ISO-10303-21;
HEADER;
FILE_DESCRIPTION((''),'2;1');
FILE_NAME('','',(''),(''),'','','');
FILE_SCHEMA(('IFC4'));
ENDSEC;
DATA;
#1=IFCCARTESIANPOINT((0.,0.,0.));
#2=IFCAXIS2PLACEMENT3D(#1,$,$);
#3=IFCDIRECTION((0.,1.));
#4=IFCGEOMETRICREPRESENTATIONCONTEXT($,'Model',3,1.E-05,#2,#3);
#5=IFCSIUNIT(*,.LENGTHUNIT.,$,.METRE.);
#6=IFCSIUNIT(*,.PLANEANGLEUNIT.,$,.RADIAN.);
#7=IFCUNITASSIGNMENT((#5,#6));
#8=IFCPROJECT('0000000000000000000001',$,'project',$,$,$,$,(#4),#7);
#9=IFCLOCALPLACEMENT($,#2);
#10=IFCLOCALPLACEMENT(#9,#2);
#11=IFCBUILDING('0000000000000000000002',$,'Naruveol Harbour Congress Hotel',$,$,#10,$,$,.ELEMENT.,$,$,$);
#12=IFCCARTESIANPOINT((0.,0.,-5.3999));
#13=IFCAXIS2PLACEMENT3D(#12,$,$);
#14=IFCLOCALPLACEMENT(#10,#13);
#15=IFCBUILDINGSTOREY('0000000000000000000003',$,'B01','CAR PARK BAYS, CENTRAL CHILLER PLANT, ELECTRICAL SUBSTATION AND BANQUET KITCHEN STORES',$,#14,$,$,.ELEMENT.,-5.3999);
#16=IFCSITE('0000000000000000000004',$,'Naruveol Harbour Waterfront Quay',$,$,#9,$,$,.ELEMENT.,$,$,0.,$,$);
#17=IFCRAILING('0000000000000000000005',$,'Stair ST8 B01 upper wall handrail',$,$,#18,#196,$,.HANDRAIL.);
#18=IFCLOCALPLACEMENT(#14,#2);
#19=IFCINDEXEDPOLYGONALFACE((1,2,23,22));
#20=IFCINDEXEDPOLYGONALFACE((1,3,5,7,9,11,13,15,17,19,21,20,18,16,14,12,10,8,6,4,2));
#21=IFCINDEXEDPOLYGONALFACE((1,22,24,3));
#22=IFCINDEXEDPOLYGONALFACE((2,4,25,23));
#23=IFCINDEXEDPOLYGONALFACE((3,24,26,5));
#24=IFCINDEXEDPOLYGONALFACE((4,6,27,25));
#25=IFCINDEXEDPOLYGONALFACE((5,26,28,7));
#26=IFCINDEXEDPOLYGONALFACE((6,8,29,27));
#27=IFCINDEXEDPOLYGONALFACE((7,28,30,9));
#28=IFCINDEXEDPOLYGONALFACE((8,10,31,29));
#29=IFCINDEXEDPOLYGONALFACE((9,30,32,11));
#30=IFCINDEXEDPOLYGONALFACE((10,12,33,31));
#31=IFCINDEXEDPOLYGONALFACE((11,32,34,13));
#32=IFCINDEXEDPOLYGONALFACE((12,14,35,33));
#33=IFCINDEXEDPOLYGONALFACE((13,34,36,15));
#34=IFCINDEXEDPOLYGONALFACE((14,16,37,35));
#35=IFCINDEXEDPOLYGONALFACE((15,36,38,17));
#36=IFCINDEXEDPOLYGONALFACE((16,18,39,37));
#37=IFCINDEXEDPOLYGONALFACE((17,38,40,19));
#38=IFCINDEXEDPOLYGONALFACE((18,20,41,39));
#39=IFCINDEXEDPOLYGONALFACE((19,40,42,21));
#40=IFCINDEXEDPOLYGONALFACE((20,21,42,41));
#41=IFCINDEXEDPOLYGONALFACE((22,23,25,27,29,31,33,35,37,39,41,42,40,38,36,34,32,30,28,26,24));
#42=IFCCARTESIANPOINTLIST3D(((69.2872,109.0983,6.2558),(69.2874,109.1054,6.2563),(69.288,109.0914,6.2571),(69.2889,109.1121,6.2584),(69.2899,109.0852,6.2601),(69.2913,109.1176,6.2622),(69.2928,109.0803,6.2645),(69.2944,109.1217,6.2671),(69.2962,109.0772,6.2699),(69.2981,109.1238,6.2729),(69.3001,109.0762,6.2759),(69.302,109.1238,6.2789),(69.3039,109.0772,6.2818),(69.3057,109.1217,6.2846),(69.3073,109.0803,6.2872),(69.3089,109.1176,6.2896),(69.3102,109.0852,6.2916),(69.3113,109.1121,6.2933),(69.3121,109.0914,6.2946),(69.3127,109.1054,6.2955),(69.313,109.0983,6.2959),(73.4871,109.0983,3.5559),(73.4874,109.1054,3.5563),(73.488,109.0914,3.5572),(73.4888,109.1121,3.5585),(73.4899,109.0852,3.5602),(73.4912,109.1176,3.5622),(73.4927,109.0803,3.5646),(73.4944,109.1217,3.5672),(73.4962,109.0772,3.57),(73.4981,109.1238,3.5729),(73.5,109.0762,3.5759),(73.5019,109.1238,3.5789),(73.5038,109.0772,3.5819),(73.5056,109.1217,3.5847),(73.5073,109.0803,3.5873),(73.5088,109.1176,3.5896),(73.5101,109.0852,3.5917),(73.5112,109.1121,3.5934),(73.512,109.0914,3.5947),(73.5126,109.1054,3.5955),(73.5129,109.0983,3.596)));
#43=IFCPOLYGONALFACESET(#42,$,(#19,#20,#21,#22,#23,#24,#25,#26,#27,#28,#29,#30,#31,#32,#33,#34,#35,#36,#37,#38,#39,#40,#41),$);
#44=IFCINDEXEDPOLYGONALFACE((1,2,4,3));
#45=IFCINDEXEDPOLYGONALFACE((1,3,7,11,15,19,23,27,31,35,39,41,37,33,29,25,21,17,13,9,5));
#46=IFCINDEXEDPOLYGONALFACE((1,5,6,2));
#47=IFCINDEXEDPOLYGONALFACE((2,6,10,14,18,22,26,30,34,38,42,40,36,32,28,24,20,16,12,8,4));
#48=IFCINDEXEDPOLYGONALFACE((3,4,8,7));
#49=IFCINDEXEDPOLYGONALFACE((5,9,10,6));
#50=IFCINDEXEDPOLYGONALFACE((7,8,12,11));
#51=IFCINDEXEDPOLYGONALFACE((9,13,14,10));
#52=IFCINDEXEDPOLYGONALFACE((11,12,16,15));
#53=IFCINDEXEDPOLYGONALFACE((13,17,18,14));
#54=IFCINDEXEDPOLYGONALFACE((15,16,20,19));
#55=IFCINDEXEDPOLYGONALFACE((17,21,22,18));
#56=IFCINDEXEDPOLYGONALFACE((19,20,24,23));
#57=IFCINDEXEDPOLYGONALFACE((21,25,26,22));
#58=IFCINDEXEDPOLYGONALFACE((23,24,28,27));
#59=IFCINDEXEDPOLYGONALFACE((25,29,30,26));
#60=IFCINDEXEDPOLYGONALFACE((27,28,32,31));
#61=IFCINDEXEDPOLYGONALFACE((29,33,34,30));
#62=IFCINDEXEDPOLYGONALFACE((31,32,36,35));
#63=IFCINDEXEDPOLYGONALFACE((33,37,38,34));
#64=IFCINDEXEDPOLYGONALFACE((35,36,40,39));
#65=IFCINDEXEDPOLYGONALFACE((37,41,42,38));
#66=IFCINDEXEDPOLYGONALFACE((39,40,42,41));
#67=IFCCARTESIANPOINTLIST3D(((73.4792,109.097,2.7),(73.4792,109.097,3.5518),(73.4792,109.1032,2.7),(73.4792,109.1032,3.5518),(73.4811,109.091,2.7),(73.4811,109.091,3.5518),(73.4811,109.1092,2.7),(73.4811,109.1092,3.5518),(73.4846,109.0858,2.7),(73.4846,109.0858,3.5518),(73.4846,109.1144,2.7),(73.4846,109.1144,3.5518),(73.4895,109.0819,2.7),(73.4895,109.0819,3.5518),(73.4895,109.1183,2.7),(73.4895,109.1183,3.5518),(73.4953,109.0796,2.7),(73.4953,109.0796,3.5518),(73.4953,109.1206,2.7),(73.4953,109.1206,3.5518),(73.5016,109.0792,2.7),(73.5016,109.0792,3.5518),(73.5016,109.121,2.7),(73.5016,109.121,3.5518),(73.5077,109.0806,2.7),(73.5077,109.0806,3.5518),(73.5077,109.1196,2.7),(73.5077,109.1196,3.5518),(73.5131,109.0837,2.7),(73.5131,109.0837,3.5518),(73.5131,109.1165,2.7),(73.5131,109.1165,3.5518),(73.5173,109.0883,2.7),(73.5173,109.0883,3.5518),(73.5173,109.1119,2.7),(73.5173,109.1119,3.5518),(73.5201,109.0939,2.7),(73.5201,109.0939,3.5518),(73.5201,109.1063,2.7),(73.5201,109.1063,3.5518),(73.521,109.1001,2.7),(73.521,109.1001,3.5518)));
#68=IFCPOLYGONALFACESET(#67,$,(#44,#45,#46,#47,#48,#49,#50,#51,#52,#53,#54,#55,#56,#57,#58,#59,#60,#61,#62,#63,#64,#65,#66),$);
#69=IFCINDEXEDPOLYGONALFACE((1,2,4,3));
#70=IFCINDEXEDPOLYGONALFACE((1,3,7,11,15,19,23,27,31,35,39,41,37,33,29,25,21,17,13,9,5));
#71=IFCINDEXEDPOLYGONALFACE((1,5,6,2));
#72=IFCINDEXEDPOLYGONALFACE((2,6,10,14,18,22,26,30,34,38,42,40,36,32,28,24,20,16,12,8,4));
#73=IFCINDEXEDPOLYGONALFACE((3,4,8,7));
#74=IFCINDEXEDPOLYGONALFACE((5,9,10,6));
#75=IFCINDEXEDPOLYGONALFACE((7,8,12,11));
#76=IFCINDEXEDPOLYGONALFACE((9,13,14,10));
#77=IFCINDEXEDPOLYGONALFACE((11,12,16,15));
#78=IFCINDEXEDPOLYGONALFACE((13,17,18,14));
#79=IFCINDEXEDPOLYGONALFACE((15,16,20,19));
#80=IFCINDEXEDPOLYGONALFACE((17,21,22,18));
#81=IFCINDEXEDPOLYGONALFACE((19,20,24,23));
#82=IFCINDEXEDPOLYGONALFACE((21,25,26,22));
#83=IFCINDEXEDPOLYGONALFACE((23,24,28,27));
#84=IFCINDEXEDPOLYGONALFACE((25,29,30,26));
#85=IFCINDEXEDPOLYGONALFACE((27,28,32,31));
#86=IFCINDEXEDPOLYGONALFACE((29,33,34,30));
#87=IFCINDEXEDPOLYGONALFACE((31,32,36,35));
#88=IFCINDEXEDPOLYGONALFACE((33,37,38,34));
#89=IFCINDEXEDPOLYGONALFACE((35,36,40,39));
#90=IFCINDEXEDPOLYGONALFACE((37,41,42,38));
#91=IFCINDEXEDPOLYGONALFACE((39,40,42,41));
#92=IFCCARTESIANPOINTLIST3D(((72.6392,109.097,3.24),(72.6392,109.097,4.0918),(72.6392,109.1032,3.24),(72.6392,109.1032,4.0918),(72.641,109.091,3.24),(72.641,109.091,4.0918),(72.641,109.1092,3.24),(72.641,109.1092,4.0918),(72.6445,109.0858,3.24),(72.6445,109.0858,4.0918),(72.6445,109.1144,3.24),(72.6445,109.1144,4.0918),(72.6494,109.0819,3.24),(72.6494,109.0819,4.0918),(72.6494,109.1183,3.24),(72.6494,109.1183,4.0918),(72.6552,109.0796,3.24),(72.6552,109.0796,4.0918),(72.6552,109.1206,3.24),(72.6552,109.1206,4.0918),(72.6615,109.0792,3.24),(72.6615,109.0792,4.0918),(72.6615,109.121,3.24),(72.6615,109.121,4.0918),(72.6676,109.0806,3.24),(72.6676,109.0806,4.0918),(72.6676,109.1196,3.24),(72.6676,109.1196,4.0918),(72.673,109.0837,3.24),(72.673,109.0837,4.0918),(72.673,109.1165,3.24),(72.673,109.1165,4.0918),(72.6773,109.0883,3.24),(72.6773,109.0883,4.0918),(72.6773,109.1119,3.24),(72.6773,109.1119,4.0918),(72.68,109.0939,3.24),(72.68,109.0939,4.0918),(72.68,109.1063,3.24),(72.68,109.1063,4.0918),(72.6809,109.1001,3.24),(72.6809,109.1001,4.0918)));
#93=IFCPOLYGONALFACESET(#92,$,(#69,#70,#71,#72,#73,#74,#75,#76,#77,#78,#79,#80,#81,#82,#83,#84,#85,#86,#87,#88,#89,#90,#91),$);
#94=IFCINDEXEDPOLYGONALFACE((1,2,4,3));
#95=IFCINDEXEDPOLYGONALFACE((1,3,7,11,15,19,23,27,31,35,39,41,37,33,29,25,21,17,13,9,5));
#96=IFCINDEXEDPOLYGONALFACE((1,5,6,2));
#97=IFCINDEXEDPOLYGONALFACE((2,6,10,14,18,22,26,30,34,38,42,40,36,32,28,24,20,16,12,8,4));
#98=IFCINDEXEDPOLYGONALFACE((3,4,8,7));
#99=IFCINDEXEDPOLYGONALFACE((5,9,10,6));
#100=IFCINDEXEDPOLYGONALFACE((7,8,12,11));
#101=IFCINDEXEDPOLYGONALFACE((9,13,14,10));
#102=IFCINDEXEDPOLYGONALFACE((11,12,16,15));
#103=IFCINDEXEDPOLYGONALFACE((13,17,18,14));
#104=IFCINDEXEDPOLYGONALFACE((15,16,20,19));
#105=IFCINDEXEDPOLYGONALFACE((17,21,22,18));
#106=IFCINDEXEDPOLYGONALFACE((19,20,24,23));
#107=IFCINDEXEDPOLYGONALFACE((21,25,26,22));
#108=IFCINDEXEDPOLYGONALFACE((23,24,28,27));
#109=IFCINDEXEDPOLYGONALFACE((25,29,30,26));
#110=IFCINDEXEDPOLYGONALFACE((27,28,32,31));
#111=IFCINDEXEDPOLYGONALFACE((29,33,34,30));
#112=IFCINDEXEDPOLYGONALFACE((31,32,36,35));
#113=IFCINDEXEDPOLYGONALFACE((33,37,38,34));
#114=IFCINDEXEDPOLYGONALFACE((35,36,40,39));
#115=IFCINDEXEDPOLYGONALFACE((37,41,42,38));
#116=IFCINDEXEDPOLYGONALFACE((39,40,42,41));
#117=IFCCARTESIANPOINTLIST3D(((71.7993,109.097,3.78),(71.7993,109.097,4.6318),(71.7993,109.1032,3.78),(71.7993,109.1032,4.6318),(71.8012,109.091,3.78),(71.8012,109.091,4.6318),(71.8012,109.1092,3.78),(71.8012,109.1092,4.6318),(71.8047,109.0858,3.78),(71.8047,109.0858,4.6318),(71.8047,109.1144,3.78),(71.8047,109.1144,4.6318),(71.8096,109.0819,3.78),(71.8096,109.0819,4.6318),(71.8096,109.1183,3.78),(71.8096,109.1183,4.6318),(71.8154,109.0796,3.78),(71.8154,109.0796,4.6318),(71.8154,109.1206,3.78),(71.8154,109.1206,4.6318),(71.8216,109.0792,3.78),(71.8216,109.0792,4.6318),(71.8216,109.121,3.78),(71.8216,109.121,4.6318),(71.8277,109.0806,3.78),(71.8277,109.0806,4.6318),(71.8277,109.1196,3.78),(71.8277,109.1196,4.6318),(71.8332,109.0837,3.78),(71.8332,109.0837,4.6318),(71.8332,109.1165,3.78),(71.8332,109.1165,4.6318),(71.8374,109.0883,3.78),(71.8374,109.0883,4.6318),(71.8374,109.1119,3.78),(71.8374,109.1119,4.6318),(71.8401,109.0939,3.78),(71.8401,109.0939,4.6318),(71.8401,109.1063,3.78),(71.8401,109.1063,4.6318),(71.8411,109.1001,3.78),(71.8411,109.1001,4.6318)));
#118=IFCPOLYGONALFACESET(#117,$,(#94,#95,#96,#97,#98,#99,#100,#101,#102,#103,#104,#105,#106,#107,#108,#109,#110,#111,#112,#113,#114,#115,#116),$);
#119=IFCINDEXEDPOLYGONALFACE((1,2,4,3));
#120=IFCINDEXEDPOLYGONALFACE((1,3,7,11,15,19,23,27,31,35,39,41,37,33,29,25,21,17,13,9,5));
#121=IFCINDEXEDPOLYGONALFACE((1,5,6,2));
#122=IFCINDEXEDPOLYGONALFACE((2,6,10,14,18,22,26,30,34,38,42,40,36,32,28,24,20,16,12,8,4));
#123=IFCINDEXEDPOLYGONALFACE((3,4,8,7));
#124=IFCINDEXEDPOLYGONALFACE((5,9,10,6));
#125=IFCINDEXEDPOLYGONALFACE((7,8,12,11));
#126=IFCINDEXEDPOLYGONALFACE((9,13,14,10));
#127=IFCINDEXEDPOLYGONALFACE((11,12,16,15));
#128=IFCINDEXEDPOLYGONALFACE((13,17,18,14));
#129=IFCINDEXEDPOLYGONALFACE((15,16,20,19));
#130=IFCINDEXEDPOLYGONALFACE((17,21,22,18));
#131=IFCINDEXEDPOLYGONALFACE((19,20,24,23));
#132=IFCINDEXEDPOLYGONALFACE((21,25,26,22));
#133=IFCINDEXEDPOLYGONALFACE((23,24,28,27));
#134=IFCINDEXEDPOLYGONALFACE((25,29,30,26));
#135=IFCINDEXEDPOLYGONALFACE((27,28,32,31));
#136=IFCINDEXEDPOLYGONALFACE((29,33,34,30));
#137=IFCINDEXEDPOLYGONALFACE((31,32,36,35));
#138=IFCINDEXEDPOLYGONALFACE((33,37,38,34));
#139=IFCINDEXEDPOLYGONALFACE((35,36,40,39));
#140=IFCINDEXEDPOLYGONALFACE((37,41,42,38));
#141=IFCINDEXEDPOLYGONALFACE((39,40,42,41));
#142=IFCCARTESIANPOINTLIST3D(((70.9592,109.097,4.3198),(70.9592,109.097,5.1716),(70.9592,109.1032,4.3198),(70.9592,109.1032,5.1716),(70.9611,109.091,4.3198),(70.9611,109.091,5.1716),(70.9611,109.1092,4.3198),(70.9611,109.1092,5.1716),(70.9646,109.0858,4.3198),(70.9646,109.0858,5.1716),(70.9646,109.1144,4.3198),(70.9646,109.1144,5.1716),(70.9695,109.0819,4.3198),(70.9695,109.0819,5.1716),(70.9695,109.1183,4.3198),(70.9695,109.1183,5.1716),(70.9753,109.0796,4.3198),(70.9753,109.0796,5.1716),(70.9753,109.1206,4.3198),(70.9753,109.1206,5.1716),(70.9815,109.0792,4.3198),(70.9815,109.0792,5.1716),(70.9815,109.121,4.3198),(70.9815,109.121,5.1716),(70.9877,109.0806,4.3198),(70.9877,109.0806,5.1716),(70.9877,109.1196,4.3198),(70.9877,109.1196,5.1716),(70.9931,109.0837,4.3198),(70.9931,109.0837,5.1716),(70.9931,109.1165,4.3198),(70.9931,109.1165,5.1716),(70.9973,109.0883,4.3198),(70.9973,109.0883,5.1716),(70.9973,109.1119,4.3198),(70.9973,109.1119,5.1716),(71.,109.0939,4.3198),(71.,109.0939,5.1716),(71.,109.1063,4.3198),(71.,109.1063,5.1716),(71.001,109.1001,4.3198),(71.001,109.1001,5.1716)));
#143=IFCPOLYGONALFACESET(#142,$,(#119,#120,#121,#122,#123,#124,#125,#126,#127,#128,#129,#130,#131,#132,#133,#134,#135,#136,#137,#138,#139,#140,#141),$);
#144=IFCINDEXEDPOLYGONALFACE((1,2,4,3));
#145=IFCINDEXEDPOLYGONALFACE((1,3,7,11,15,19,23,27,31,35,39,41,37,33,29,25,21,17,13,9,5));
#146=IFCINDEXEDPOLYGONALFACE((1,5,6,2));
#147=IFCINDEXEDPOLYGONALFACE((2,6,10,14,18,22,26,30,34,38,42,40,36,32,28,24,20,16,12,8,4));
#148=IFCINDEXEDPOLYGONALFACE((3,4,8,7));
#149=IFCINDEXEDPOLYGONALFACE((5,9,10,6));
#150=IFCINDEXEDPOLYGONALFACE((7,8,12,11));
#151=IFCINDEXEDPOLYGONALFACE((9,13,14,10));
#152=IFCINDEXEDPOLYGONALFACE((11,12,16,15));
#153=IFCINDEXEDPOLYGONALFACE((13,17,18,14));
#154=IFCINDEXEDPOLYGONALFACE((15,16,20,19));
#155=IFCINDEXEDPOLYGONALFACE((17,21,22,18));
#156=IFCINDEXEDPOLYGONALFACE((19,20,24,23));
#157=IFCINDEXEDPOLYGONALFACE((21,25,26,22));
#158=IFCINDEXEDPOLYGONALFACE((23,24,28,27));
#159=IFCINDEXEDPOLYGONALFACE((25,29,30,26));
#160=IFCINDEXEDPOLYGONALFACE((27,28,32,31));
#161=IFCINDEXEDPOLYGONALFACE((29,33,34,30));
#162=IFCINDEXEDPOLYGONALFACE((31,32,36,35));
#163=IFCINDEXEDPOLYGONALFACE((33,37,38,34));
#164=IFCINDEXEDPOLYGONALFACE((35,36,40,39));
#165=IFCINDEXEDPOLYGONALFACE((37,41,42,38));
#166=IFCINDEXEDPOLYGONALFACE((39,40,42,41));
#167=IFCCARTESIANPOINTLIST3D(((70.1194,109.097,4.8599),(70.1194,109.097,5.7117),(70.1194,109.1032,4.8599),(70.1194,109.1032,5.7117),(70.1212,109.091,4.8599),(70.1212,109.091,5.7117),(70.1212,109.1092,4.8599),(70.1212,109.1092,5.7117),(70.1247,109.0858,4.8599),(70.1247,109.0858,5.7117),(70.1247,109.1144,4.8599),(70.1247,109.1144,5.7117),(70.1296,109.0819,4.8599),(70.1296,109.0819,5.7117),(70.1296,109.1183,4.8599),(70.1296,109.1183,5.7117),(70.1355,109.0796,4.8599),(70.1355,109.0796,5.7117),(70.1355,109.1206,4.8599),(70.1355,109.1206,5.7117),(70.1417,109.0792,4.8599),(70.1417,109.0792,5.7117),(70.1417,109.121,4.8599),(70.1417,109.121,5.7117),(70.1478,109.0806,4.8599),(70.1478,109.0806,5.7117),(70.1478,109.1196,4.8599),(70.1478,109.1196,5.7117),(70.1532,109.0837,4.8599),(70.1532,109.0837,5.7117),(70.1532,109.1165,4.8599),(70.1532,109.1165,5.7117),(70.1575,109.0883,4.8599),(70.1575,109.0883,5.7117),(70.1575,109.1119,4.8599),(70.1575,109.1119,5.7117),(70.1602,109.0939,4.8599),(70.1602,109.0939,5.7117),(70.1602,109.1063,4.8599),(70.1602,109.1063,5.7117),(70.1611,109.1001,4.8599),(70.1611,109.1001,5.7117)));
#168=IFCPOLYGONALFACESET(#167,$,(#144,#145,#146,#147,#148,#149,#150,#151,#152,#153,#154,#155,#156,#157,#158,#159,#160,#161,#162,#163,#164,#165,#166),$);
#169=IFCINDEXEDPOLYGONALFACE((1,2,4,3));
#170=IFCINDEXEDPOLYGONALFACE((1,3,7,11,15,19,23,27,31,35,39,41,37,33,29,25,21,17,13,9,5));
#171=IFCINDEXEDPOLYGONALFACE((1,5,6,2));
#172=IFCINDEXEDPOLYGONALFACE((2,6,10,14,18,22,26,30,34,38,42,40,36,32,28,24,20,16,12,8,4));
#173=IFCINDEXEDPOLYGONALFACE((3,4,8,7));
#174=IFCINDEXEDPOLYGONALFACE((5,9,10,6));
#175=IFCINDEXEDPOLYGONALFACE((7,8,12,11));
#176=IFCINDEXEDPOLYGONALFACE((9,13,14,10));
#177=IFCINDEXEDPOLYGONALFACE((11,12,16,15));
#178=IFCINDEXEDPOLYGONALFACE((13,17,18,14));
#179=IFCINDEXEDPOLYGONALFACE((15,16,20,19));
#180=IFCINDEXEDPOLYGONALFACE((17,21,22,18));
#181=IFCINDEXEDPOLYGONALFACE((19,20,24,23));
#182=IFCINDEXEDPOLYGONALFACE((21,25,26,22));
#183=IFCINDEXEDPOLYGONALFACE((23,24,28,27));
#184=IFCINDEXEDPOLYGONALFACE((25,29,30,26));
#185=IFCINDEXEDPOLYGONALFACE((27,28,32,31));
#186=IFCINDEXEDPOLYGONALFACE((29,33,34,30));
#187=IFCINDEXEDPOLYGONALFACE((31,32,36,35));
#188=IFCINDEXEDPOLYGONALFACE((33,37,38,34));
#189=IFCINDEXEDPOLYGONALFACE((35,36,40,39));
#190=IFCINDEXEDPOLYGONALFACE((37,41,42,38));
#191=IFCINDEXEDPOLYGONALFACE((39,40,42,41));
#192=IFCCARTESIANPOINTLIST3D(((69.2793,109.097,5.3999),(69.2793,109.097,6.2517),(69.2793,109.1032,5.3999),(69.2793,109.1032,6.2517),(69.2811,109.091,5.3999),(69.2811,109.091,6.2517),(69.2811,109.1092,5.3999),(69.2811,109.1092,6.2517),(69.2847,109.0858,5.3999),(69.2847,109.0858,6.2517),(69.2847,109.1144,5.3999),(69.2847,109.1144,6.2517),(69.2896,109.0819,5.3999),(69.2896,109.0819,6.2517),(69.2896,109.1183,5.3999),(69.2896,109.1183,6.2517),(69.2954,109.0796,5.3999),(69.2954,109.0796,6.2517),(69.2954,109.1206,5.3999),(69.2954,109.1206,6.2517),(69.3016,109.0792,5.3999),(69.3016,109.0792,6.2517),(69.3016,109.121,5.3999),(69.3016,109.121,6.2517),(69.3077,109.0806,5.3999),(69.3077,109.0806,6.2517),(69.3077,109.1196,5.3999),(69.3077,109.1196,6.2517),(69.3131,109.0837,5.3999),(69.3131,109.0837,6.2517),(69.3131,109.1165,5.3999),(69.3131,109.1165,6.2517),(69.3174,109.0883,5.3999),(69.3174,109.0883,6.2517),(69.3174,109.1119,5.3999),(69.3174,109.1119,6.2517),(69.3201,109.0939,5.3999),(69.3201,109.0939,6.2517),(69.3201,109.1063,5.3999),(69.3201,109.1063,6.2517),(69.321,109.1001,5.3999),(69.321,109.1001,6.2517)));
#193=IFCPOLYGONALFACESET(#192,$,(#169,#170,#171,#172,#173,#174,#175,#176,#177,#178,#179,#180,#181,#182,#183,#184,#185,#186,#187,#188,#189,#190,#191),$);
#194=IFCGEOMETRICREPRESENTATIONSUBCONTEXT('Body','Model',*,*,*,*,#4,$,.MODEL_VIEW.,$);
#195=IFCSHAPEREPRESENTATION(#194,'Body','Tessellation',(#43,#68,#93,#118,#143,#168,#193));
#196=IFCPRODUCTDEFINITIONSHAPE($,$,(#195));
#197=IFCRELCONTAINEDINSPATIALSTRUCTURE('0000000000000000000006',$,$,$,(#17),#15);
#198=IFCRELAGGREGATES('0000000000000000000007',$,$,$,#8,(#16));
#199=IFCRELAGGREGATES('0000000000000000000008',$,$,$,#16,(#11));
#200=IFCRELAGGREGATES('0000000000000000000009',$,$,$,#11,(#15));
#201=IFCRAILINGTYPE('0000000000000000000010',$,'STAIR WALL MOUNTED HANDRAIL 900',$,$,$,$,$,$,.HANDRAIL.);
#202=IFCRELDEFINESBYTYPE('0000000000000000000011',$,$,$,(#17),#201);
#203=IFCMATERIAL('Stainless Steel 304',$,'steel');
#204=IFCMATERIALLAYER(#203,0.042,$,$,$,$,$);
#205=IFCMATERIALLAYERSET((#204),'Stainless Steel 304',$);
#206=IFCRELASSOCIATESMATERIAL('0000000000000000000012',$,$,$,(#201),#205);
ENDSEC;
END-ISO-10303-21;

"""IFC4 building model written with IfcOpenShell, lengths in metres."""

from ifc_helpers import new_model, si_unit, direction, frame, origin, origin_2d, place, context, subcontext, project, spatial, circle, extrude, material, layer, layer_set, type_object, element, save


model = new_model("IFC4")

# Units and contexts
model_context = context("Model", 3, precision=1e-05, world=origin(), true_north=direction((0.0, 1.0)))
body_context = subcontext(model_context, "Body", "Model", "MODEL_VIEW")
ifc_project = project(units=[si_unit("LENGTHUNIT", "METRE"), si_unit("PLANEANGLEUNIT", "RADIAN")], contexts=[model_context])

# Site, building, storey
site_placement = place(None, origin())
site = spatial("IfcSite", under=ifc_project, at=site_placement, Name="Naruveol Harbour Waterfront Quay", CompositionType="ELEMENT", RefElevation=0.0)
building_placement = place(site_placement, origin())
building = spatial("IfcBuilding", under=site, at=building_placement, Name="Naruveol Harbour Congress Hotel", CompositionType="ELEMENT")
storey_placement = place(building_placement, frame((0.0, 0.0, -5.3999)))
storey = spatial("IfcBuildingStorey", under=building, at=storey_placement, Name="B01", Description="CAR PARK BAYS, CENTRAL CHILLER PLANT, ELECTRICAL SUBSTATION AND BANQUET KITCHEN STORES", CompositionType="ELEMENT", Elevation=-5.3999)

# Railing
ifc_material_1 = material(Name="Stainless Steel 304", Category="steel")
ifc_layer_1 = layer(ifc_material_1, 0.042)
ifc_layer_set_1 = layer_set([ifc_layer_1], Name="Stainless Steel 304")
railing_type_1 = type_object("IfcRailingType", Name="STAIR WALL MOUNTED HANDRAIL 900", PredefinedType="HANDRAIL", material=ifc_layer_set_1)
railing_1_placement = place(storey_placement, frame((73.5, 109.1001, 2.7)))
element("IfcRailing", 1, at=railing_1_placement, inside=storey, type_object=railing_type_1, Name="Stair ST8 B01 upper wall handrail", PredefinedType="HANDRAIL", context=body_context, shape_type="SweptSolid", body=[
    extrude(circle(Radius=0.0239, at=origin_2d()), frame((0.0, 0.0, 0.876), z_axis=(-0.84118, 0.0, 0.540755), x_axis=(0.0, -1.0, 0.0)), (0.0, 0.0, 1.0), 4.9929),
    extrude(circle(Radius=0.021, at=origin_2d()), origin(), (0.0, 0.0, 1.0), 0.8518),
    extrude(circle(Radius=0.021, at=origin_2d()), frame((-0.8401, 0.0, 0.54)), (0.0, 0.0, 1.0), 0.8518),
    extrude(circle(Radius=0.021, at=origin_2d()), frame((-1.6799, 0.0, 1.0801)), (0.0, 0.0, 1.0), 0.8518),
    extrude(circle(Radius=0.021, at=origin_2d()), frame((-2.52, 0.0, 1.6199)), (0.0, 0.0, 1.0), 0.8518),
    extrude(circle(Radius=0.021, at=origin_2d()), frame((-3.3599, 0.0, 2.1599)), (0.0, 0.0, 1.0), 0.8518),
    extrude(circle(Radius=0.021, at=origin_2d()), frame((-4.2, 0.0, 2.7)), (0.0, 0.0, 1.0), 0.8518),
])

save(model, "model.ifc")
